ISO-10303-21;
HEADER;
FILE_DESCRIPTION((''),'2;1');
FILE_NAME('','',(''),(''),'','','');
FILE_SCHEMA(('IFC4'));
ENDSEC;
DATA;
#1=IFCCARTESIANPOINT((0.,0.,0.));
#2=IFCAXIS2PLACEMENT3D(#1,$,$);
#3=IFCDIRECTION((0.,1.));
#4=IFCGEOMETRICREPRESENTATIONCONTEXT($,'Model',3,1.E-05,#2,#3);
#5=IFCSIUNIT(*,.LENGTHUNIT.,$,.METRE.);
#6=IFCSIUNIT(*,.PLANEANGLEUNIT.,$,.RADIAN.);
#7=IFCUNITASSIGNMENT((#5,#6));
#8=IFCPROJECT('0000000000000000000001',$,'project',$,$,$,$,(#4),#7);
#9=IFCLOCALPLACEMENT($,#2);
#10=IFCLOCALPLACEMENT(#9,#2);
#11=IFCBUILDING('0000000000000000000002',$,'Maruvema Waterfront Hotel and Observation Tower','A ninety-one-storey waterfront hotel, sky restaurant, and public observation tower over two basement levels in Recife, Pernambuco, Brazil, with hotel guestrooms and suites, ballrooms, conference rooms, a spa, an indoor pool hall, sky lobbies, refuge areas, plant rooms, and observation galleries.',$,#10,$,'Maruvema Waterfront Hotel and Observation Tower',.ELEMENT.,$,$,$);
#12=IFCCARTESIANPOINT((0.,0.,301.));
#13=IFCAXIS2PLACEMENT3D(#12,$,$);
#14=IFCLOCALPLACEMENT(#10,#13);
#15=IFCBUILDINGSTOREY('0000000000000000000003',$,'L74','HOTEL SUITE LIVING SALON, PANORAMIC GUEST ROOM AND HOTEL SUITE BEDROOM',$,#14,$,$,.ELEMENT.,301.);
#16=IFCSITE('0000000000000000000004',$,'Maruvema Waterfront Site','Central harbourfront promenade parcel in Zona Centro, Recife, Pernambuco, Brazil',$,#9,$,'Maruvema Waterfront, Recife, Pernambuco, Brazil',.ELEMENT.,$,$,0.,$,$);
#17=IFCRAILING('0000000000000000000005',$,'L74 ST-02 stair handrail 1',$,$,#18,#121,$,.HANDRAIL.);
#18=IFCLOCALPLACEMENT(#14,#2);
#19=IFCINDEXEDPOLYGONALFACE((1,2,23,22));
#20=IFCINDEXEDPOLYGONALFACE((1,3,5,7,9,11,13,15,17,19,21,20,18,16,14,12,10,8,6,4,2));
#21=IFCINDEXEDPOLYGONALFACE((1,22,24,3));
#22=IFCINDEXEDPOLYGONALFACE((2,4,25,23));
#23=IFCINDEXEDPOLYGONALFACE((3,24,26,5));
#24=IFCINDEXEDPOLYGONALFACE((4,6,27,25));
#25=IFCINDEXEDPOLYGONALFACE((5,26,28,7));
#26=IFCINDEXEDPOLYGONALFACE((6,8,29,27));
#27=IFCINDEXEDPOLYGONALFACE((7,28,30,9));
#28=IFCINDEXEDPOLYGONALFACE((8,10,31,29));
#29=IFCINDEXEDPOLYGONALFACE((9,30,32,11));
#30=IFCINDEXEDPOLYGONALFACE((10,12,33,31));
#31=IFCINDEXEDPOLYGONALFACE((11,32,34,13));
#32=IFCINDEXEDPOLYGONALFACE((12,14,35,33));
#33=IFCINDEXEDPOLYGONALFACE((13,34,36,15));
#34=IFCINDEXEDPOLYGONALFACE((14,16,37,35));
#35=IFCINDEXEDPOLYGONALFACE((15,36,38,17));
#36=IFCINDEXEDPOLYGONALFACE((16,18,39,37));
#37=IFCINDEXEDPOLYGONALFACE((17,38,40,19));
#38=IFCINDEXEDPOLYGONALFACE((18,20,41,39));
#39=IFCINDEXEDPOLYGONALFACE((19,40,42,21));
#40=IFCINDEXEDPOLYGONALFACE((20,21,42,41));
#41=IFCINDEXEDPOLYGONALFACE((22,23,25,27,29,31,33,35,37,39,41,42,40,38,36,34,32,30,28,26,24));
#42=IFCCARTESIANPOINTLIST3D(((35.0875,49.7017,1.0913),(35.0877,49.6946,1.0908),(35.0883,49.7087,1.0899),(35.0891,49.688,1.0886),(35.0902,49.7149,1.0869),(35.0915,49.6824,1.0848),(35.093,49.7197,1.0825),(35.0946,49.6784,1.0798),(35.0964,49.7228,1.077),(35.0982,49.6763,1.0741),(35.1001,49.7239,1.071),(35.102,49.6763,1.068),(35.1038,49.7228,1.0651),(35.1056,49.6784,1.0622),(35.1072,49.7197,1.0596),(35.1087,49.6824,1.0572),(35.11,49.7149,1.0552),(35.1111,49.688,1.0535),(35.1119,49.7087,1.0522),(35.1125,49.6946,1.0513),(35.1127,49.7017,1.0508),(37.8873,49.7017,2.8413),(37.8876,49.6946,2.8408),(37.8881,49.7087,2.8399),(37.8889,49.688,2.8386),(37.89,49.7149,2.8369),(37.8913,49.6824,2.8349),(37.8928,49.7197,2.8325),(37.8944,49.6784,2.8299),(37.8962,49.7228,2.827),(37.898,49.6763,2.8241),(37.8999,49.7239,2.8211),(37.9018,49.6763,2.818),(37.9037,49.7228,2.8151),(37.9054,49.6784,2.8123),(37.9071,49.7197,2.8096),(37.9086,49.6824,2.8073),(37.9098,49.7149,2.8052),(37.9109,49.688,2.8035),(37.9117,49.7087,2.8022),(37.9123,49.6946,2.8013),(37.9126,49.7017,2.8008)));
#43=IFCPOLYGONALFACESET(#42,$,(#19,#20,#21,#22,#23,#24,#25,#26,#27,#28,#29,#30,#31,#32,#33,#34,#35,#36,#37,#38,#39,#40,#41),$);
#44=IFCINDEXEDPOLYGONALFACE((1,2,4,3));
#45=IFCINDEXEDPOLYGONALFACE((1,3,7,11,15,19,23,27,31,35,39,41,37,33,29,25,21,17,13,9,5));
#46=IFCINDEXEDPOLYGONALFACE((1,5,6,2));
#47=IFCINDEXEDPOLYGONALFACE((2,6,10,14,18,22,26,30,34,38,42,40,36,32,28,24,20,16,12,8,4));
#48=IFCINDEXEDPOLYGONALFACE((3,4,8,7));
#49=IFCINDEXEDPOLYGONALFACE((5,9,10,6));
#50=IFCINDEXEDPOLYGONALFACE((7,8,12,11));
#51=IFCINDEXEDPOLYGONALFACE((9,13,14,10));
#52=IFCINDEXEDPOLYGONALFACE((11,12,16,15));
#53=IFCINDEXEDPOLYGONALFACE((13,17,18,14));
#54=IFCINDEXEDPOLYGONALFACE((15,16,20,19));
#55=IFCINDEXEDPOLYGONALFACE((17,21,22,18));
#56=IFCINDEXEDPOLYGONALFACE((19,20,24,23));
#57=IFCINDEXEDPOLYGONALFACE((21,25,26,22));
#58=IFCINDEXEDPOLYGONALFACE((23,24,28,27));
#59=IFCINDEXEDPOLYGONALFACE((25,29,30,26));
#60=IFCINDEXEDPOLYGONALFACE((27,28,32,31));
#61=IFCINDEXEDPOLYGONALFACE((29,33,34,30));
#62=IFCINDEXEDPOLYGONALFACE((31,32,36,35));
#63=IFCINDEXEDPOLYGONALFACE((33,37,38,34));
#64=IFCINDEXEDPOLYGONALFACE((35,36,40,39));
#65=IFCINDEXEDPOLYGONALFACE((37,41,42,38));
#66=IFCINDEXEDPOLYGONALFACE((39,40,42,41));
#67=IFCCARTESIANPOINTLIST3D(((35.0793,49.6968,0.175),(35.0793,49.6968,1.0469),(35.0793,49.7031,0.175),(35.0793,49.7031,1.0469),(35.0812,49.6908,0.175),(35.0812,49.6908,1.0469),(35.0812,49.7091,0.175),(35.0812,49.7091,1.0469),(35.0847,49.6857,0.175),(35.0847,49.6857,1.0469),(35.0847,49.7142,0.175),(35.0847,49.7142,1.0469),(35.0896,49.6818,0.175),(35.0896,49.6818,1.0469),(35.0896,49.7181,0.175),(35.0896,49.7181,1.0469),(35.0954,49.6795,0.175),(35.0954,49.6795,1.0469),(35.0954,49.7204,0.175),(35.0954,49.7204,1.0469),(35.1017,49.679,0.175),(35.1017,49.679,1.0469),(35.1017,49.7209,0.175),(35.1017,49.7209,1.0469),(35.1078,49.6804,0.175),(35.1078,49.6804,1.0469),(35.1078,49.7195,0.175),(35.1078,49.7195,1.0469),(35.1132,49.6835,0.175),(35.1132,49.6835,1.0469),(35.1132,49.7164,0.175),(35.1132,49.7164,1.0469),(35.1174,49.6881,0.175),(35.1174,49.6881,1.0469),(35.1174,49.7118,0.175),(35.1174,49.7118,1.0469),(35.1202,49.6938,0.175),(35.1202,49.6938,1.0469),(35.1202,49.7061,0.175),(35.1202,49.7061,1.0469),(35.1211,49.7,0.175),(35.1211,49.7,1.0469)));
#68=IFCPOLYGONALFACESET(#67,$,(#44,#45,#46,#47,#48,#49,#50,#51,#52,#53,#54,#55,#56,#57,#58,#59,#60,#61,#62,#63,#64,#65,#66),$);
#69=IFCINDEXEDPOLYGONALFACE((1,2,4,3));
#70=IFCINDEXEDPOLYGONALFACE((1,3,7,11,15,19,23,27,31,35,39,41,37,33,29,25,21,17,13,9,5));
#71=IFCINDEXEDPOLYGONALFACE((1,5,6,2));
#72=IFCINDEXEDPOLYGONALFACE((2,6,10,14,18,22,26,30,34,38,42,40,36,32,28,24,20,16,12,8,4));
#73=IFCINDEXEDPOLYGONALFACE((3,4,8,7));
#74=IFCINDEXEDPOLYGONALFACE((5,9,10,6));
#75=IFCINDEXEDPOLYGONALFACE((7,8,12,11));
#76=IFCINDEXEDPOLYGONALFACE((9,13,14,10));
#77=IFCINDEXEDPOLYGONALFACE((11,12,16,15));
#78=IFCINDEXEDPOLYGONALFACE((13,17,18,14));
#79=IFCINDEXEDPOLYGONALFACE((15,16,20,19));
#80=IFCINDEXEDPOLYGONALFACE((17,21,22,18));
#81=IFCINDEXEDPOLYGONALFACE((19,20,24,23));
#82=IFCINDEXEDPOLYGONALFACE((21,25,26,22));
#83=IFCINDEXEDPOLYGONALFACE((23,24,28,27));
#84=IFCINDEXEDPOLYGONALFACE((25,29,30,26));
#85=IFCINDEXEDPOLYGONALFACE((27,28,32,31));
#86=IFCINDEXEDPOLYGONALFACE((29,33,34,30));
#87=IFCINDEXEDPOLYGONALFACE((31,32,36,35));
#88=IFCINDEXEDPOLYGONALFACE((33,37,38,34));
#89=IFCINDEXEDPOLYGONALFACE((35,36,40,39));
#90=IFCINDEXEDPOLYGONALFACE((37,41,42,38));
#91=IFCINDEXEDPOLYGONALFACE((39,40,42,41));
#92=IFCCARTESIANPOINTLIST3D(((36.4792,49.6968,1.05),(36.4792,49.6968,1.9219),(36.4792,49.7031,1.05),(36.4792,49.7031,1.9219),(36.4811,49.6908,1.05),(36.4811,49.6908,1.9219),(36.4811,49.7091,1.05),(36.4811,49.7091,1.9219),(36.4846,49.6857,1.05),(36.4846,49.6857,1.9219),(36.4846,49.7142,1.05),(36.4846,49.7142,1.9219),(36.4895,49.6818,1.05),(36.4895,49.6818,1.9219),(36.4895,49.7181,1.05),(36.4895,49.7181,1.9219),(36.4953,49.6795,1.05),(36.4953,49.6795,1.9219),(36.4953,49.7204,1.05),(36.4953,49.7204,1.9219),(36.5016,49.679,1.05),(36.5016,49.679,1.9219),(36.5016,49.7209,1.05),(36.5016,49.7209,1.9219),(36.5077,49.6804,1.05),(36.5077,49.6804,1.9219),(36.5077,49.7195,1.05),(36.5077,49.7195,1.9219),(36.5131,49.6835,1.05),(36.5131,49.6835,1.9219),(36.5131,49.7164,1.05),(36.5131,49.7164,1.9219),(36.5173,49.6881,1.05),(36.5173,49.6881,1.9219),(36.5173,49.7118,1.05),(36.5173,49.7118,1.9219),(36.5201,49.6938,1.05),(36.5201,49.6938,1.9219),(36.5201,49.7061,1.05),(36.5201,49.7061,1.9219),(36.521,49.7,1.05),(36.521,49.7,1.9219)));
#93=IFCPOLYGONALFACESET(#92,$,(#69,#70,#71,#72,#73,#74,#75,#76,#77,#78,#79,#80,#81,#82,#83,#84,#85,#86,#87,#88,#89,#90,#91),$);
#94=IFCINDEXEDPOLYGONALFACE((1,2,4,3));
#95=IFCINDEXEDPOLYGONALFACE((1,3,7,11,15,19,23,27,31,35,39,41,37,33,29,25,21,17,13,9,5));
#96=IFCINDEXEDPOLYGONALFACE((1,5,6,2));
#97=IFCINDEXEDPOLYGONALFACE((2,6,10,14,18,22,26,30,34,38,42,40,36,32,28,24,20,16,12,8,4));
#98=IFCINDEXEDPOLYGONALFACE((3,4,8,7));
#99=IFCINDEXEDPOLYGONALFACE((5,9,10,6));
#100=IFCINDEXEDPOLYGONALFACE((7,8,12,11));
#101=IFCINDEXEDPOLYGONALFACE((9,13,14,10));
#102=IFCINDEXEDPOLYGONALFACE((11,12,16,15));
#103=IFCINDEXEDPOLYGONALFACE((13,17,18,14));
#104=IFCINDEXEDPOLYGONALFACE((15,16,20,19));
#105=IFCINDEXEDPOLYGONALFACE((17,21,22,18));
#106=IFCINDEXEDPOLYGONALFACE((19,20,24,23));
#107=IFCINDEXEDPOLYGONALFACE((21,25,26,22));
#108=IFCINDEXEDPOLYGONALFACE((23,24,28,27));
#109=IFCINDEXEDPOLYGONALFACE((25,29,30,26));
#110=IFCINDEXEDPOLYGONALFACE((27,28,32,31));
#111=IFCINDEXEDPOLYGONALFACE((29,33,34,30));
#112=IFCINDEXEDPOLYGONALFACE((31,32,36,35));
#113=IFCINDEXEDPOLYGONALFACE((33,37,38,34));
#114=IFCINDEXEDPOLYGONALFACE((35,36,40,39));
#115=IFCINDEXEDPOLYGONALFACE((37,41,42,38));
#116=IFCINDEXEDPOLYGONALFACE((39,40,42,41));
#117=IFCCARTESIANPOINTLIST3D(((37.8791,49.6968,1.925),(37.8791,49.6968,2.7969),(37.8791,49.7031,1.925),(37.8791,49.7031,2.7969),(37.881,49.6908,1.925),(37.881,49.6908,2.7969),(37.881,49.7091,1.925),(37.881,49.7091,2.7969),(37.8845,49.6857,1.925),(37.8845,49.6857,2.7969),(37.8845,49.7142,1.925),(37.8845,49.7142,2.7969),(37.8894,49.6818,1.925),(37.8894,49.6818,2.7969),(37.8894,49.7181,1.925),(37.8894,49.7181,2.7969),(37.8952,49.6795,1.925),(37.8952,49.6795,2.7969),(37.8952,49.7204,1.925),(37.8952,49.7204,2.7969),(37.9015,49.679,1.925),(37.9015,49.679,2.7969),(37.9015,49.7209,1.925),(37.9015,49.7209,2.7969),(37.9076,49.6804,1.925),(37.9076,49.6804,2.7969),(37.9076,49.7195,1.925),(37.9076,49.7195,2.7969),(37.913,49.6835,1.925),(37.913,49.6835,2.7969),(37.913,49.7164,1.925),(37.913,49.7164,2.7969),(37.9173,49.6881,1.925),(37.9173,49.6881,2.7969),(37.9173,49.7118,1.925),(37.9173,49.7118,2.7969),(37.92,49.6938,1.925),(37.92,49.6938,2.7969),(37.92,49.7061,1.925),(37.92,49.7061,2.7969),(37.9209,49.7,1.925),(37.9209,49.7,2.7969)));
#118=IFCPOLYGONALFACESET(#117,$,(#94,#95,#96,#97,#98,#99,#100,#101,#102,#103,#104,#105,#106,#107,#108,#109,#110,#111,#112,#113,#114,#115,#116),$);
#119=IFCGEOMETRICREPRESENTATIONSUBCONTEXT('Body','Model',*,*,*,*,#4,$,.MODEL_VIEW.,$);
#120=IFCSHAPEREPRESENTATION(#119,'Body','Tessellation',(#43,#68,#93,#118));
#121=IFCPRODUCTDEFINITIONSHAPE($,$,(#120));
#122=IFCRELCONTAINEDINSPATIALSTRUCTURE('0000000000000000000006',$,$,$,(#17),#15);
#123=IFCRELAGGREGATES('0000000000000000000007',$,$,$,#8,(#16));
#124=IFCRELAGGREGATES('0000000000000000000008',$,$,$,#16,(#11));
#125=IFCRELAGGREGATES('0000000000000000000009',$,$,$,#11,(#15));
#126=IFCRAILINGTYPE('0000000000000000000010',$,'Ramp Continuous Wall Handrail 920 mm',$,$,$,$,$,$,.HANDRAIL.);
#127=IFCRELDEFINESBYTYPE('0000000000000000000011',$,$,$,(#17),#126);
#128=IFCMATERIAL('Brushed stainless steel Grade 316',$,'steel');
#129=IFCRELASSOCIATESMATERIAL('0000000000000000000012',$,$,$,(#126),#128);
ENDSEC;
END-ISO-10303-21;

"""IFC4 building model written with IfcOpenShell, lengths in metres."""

from ifc_helpers import new_model, si_unit, direction, frame, origin, origin_2d, place, context, subcontext, project, spatial, circle, extrude, material, type_object, element, save


model = new_model("IFC4")

# Units and contexts
model_context = context("Model", 3, precision=1e-05, world=origin(), true_north=direction((0.0, 1.0)))
body_context = subcontext(model_context, "Body", "Model", "MODEL_VIEW")
ifc_project = project(units=[si_unit("LENGTHUNIT", "METRE"), si_unit("PLANEANGLEUNIT", "RADIAN")], contexts=[model_context])

# Site, building, storey
site_placement = place(None, origin())
site = spatial("IfcSite", under=ifc_project, at=site_placement, Name="Maruvema Waterfront Site", Description="Central harbourfront promenade parcel in Zona Centro, Recife, Pernambuco, Brazil", LongName="Maruvema Waterfront, Recife, Pernambuco, Brazil", CompositionType="ELEMENT", RefElevation=0.0)
building_placement = place(site_placement, origin())
building = spatial("IfcBuilding", under=site, at=building_placement, Name="Maruvema Waterfront Hotel and Observation Tower", Description="A ninety-one-storey waterfront hotel, sky restaurant, and public observation tower over two basement levels in Recife, Pernambuco, Brazil, with hotel guestrooms and suites, ballrooms, conference rooms, a spa, an indoor pool hall, sky lobbies, refuge areas, plant rooms, and observation galleries.", LongName="Maruvema Waterfront Hotel and Observation Tower", CompositionType="ELEMENT")
storey_placement = place(building_placement, frame((0.0, 0.0, 301.0)))
storey = spatial("IfcBuildingStorey", under=building, at=storey_placement, Name="L74", Description="HOTEL SUITE LIVING SALON, PANORAMIC GUEST ROOM AND HOTEL SUITE BEDROOM", CompositionType="ELEMENT", Elevation=301.0)

# Railing
ifc_material_1 = material(Name="Brushed stainless steel Grade 316", Category="steel")
railing_type_1 = type_object("IfcRailingType", Name="Ramp Continuous Wall Handrail 920 mm", PredefinedType="HANDRAIL", material=ifc_material_1)
railing_1_placement = place(storey_placement, frame((35.1001, 49.7, 0.175)))
element("IfcRailing", 1, at=railing_1_placement, inside=storey, type_object=railing_type_1, Name="L74 ST-02 stair handrail 1", PredefinedType="HANDRAIL", context=body_context, shape_type="SweptSolid", body=[
    extrude(circle(Radius=0.0239, at=origin_2d()), frame((0.0, 0.0, 0.896), z_axis=(0.847982, 0.0, 0.530026), x_axis=(0.0, 1.0, 0.0)), (0.0, 0.0, 1.0), 3.3018),
    extrude(circle(Radius=0.021, at=origin_2d()), origin(), (0.0, 0.0, 1.0), 0.8718),
    extrude(circle(Radius=0.021, at=origin_2d()), frame((1.3999, 0.0, 0.875)), (0.0, 0.0, 1.0), 0.8718),
    extrude(circle(Radius=0.021, at=origin_2d()), frame((2.7998, 0.0, 1.75)), (0.0, 0.0, 1.0), 0.8718),
])

save(model, "model.ifc")
